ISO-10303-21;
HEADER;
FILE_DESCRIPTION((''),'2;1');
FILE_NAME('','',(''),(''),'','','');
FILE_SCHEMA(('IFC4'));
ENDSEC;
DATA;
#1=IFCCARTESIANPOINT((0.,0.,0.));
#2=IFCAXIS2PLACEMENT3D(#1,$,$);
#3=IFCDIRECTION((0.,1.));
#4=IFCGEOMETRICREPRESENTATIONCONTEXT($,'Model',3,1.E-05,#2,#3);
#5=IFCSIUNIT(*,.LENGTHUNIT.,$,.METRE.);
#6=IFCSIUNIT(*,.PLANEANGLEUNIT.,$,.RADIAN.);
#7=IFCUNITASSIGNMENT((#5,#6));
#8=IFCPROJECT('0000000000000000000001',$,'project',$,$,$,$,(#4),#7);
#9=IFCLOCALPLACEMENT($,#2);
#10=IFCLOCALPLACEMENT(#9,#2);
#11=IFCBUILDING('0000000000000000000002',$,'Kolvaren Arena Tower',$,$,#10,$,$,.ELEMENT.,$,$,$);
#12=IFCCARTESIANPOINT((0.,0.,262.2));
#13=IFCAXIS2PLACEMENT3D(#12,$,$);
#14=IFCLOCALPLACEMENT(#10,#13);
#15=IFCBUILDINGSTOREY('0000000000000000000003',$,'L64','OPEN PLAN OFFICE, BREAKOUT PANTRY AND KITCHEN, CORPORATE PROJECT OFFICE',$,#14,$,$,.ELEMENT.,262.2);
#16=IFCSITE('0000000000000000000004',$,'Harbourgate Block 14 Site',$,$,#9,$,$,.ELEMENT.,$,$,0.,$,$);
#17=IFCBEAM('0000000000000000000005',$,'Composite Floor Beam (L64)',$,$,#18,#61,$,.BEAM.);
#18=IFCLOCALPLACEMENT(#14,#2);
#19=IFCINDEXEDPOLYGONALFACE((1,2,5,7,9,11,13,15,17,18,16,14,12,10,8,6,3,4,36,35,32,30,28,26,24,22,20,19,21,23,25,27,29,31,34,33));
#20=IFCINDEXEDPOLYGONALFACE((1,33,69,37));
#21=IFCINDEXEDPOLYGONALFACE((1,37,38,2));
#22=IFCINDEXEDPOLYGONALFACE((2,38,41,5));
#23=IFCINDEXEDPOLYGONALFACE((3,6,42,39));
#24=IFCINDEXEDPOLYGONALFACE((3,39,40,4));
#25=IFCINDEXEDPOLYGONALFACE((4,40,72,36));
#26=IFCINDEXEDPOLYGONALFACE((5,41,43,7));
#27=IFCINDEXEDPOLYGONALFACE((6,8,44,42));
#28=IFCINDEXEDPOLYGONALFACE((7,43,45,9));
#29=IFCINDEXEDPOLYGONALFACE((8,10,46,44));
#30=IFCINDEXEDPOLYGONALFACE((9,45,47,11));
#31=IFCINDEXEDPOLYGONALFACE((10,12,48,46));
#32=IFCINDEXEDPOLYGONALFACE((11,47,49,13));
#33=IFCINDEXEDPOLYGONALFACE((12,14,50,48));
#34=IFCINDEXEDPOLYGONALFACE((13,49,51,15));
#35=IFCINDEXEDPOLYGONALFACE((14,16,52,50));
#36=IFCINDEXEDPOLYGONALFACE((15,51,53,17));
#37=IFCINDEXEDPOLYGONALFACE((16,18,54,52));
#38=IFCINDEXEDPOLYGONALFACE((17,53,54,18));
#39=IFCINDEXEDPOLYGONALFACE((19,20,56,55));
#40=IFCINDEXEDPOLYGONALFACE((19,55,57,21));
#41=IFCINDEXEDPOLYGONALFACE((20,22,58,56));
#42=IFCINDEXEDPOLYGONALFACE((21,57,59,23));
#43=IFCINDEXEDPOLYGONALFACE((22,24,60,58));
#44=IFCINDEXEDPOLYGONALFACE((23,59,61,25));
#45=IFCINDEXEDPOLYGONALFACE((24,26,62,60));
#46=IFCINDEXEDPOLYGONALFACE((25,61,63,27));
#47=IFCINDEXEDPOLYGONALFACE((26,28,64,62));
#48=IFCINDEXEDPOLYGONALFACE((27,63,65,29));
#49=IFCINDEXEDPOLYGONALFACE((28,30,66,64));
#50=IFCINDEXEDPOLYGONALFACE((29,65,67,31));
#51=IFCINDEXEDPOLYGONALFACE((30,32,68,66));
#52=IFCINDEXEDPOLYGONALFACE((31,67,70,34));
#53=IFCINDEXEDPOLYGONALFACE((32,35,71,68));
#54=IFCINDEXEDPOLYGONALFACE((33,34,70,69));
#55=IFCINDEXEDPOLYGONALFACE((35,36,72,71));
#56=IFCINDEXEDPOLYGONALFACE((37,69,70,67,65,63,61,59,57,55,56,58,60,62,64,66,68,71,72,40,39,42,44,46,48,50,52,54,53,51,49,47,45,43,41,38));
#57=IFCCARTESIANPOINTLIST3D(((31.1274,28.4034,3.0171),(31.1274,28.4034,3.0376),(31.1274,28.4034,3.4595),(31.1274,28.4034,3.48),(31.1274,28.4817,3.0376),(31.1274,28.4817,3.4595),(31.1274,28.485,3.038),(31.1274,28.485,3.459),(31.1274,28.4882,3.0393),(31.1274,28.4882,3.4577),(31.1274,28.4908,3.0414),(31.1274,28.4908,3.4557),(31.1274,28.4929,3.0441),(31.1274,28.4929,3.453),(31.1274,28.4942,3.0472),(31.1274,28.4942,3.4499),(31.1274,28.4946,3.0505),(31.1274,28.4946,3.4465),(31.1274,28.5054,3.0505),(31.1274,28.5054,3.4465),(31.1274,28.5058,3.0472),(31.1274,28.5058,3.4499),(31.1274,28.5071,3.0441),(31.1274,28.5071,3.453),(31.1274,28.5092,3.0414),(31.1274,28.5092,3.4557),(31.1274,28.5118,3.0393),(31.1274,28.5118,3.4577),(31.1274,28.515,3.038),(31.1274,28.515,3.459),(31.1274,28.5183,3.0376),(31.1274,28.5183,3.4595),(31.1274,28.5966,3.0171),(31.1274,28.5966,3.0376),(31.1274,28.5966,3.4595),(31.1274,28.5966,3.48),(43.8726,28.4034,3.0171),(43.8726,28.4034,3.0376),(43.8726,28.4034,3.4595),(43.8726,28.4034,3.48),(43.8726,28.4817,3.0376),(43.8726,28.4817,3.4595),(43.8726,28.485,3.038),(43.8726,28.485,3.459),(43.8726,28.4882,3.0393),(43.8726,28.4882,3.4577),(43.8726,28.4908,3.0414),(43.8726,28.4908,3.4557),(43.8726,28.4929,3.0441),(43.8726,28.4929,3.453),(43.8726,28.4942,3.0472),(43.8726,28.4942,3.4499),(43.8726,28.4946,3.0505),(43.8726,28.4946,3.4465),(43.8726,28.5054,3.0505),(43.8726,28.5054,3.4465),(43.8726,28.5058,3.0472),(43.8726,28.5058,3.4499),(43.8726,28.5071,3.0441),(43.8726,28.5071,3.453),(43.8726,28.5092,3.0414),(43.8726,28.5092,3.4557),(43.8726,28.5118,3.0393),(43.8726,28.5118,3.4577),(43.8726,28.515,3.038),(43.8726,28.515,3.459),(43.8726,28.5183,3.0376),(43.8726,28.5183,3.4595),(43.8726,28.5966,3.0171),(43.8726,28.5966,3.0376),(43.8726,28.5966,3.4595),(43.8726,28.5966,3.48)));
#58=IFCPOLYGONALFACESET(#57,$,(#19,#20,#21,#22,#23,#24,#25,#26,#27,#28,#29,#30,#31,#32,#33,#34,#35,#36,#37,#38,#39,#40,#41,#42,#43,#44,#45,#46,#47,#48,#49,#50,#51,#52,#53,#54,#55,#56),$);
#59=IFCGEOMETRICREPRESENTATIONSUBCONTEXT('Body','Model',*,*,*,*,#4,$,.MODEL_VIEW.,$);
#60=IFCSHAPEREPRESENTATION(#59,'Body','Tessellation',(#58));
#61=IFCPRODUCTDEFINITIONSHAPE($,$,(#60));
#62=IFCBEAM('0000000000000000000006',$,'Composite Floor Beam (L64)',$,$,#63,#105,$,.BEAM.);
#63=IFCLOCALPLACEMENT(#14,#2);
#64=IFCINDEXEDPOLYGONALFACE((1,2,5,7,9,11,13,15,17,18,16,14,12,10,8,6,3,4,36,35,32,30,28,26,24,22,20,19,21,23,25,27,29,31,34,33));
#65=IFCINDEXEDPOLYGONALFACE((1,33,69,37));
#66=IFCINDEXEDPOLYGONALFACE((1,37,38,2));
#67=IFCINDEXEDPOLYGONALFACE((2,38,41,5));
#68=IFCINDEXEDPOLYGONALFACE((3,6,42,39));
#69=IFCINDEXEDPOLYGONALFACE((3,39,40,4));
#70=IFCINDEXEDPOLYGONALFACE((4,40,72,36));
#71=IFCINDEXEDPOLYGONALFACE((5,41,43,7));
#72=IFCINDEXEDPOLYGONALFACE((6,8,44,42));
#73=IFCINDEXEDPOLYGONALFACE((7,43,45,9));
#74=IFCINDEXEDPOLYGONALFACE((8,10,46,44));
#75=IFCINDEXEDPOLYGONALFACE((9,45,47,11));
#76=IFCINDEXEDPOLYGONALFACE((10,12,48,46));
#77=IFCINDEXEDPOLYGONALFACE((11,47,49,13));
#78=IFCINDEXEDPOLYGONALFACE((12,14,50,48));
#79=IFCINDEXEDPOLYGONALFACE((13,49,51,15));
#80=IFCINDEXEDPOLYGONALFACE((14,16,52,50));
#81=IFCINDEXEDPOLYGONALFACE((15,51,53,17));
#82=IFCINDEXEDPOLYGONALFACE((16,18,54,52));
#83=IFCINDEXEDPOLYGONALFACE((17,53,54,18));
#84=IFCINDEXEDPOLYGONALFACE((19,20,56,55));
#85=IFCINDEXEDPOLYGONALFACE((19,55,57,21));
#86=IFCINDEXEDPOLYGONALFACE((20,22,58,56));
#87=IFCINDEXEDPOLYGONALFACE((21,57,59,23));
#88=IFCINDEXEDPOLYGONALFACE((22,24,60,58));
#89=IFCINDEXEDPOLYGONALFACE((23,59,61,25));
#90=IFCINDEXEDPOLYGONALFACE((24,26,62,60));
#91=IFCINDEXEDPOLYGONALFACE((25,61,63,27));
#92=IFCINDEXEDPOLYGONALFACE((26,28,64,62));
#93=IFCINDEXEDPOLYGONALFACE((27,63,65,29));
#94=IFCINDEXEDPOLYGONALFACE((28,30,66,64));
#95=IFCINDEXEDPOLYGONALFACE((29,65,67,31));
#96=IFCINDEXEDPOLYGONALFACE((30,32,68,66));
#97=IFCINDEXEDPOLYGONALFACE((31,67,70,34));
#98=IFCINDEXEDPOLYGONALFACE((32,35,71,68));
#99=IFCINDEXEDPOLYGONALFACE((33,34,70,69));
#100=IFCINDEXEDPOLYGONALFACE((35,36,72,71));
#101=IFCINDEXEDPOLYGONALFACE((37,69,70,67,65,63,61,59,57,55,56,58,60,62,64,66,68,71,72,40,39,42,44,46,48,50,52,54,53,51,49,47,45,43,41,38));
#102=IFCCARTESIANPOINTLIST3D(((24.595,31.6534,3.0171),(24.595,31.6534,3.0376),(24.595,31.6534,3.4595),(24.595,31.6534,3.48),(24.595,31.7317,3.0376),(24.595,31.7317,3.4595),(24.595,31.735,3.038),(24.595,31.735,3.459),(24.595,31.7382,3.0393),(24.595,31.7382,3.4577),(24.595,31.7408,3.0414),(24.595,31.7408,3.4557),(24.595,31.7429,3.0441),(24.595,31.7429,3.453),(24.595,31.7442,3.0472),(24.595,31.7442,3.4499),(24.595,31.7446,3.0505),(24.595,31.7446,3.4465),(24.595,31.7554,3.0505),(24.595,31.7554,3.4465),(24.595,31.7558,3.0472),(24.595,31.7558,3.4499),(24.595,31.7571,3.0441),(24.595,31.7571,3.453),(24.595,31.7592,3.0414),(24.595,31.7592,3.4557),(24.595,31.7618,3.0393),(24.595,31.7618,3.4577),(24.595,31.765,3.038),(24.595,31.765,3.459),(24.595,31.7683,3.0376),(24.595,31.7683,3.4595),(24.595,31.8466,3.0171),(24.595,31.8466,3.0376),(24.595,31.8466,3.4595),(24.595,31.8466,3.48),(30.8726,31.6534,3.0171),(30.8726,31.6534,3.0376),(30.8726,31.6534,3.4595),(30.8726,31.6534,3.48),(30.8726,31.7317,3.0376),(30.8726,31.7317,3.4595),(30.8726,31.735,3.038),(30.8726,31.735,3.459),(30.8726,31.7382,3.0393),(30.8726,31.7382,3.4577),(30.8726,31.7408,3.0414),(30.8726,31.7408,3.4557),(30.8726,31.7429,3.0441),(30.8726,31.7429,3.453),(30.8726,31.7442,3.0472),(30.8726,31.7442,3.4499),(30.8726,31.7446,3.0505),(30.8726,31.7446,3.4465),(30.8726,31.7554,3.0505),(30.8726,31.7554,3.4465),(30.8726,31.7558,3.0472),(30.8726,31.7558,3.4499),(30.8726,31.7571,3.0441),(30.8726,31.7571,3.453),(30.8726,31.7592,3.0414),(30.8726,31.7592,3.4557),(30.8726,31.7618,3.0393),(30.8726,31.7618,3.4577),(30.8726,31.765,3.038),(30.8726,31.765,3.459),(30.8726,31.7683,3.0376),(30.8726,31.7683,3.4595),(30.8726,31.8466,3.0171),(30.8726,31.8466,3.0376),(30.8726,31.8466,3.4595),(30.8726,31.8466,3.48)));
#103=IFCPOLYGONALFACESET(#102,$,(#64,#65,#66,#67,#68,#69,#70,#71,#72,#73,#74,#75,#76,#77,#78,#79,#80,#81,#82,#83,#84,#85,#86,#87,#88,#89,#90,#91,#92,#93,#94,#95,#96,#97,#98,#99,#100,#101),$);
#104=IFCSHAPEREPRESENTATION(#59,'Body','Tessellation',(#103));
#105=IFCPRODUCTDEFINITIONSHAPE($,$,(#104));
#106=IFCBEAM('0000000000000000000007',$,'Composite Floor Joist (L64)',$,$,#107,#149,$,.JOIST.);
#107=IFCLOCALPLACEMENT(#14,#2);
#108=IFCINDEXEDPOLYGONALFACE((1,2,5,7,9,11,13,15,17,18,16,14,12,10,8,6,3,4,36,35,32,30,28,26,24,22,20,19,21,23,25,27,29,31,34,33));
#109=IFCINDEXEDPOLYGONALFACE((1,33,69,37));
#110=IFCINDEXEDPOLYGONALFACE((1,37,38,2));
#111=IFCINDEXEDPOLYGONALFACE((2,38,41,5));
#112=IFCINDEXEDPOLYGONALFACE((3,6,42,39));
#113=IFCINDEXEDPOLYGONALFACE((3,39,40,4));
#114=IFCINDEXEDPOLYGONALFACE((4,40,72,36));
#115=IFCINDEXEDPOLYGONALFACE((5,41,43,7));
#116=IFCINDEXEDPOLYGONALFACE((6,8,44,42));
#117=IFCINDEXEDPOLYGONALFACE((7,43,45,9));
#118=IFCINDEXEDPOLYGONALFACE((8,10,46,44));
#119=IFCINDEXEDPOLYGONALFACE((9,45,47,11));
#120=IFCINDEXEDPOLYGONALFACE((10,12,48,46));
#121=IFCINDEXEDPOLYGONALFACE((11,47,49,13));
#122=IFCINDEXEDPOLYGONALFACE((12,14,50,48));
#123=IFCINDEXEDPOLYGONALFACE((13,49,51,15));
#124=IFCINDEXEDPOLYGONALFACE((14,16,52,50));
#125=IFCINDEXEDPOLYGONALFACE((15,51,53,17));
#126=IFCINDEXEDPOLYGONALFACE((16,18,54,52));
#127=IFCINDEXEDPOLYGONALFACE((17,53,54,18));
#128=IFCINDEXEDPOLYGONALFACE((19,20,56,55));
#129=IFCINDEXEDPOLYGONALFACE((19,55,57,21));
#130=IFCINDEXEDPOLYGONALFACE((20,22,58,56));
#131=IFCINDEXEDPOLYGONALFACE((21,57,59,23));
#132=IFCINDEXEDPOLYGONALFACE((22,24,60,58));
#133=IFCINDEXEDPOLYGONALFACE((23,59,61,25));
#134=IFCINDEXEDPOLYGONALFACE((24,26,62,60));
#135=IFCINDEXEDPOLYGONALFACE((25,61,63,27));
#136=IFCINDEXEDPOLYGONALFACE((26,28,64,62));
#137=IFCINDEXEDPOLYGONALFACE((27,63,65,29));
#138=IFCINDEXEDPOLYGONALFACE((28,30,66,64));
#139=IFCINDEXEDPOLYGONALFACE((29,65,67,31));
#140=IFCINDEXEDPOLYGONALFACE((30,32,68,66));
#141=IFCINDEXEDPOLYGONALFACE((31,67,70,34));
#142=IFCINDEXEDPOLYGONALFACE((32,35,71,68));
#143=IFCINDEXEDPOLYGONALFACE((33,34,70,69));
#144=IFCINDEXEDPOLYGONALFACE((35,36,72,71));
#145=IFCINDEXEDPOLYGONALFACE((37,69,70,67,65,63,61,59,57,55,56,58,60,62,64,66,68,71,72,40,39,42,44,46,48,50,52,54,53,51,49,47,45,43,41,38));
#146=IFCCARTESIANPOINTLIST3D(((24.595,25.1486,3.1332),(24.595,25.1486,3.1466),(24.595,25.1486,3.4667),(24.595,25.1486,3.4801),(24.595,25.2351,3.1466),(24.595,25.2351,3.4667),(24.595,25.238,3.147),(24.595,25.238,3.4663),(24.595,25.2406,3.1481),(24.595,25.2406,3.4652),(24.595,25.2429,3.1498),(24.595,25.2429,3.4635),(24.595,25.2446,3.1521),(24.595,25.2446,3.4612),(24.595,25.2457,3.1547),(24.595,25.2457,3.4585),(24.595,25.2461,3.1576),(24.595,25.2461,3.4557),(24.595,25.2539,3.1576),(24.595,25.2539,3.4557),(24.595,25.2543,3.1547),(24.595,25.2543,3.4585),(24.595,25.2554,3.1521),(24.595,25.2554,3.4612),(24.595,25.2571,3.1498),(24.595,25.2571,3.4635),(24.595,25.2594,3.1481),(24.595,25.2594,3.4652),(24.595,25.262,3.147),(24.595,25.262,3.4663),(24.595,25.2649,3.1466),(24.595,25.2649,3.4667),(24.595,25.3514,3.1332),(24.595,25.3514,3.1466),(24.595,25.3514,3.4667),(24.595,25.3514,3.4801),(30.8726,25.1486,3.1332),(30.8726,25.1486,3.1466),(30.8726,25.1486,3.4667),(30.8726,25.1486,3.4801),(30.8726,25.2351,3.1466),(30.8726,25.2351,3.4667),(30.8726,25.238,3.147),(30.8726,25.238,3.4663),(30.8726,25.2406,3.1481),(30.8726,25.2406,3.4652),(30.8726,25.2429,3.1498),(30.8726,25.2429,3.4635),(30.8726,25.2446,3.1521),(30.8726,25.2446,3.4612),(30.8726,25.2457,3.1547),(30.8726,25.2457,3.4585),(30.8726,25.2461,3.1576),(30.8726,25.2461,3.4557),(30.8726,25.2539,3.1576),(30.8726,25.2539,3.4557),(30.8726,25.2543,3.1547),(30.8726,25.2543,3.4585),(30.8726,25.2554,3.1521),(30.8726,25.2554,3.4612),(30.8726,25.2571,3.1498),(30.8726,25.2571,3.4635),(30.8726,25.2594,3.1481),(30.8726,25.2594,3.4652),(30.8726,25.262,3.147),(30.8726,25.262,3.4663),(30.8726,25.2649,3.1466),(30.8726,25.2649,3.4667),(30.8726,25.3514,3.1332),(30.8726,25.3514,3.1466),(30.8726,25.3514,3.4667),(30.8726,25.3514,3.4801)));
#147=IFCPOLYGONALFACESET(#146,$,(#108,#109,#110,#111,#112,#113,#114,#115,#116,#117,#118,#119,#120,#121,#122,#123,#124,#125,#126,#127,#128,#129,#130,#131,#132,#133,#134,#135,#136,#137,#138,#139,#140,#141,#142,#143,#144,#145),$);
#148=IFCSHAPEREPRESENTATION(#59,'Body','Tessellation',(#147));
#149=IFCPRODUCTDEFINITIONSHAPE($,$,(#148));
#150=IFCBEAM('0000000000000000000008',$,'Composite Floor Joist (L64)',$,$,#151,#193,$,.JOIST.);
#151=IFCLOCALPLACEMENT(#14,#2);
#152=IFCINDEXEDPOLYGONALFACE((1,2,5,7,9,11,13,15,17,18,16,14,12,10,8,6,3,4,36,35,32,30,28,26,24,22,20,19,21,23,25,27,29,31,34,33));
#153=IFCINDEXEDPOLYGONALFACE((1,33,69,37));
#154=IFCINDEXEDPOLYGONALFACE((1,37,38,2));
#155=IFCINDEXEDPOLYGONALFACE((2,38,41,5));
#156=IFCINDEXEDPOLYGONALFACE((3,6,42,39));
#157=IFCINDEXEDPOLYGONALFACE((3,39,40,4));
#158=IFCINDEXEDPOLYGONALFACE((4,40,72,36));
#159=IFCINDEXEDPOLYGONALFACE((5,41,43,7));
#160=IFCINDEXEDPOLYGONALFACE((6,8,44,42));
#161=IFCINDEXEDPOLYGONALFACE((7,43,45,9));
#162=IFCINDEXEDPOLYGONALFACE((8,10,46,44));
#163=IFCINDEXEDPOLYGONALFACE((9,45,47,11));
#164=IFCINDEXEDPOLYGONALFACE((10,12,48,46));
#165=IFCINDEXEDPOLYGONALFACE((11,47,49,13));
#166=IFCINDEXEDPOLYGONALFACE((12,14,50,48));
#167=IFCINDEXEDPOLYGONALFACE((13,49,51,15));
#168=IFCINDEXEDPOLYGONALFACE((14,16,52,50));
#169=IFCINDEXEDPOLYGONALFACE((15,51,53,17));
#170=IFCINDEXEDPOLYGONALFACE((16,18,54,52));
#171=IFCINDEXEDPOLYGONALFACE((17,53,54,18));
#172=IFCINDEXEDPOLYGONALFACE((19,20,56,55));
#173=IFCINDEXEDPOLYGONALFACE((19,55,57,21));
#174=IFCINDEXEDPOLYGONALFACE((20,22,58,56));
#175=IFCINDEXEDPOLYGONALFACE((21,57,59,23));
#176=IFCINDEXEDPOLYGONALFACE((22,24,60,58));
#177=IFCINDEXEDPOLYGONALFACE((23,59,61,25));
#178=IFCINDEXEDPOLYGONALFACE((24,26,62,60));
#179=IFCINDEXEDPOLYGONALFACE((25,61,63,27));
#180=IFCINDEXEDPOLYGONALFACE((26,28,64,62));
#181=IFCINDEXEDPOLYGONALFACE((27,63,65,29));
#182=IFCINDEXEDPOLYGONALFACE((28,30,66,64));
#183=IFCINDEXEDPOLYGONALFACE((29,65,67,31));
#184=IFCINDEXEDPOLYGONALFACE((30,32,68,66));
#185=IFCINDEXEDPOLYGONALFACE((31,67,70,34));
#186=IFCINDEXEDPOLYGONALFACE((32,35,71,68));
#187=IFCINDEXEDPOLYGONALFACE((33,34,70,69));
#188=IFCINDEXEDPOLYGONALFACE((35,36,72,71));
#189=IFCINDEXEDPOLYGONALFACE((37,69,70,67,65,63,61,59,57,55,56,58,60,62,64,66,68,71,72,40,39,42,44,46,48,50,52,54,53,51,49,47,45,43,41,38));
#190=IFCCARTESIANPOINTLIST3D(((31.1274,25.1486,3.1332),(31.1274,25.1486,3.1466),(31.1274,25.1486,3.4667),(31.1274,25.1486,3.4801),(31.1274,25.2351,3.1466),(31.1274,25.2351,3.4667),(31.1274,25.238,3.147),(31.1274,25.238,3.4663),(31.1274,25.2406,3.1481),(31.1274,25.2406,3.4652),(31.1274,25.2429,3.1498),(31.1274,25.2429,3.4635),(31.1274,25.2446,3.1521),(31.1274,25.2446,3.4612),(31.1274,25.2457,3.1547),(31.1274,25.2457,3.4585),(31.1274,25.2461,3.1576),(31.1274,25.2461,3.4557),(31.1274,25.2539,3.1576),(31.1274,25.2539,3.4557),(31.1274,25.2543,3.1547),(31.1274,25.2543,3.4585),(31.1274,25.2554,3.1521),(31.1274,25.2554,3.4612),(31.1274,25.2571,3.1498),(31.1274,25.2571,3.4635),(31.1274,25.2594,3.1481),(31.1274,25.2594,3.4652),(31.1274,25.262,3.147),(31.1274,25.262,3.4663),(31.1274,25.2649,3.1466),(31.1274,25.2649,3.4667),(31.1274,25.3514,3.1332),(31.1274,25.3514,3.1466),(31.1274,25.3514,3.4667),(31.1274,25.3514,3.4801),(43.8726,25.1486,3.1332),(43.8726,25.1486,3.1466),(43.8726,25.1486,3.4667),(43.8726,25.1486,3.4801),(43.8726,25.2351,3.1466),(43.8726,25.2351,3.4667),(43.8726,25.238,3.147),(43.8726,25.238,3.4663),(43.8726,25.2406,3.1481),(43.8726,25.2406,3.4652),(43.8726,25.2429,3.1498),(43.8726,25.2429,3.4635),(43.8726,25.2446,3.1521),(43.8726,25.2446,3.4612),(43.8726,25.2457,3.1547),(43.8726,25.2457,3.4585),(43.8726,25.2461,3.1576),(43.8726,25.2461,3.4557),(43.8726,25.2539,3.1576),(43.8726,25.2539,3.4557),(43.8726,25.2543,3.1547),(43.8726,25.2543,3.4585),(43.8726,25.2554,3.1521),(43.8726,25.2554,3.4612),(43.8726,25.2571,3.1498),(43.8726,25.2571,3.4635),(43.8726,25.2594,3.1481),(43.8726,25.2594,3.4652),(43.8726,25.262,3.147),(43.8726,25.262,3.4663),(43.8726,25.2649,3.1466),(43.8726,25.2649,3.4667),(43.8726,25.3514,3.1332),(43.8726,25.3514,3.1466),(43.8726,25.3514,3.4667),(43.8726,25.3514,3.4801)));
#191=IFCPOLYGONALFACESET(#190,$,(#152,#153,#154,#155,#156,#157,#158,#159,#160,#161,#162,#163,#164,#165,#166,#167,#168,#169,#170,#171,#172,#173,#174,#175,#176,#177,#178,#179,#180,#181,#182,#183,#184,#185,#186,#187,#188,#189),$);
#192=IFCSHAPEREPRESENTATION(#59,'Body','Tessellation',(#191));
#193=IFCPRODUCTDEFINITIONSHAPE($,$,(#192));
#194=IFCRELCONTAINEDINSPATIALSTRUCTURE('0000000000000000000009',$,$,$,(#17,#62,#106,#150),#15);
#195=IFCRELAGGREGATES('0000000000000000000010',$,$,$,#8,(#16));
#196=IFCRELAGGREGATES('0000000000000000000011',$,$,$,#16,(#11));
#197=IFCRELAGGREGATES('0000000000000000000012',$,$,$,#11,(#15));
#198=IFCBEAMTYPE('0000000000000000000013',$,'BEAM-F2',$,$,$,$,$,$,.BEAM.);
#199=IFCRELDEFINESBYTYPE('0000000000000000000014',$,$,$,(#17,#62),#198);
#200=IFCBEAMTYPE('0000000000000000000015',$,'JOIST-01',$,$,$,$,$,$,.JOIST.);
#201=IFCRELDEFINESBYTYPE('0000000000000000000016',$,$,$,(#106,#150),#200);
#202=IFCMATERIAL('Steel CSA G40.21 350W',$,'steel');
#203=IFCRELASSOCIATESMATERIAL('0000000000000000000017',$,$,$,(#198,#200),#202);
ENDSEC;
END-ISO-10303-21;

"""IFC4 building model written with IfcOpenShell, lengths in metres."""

from ifc_helpers import new_model, si_unit, direction, frame, origin, origin_2d, place, context, subcontext, project, spatial, i_section, extrude, material, material_profile, profile_set, type_object, element, save


model = new_model("IFC4")

# Units and contexts
model_context = context("Model", 3, precision=1e-05, world=origin(), true_north=direction((0.0, 1.0)))
body_context = subcontext(model_context, "Body", "Model", "MODEL_VIEW")
ifc_project = project(units=[si_unit("LENGTHUNIT", "METRE"), si_unit("PLANEANGLEUNIT", "RADIAN")], contexts=[model_context])

# Site, building, storey
site_placement = place(None, origin())
site = spatial("IfcSite", under=ifc_project, at=site_placement, Name="Harbourgate Block 14 Site", CompositionType="ELEMENT", RefElevation=0.0)
building_placement = place(site_placement, origin())
building = spatial("IfcBuilding", under=site, at=building_placement, Name="Kolvaren Arena Tower", CompositionType="ELEMENT")
storey_placement = place(building_placement, frame((0.0, 0.0, 262.2)))
storey = spatial("IfcBuildingStorey", under=building, at=storey_placement, Name="L64", Description="OPEN PLAN OFFICE, BREAKOUT PANTRY AND KITCHEN, CORPORATE PROJECT OFFICE", CompositionType="ELEMENT", Elevation=262.2)

# Beams
ifc_material_1 = material(Name="Steel CSA G40.21 350W", Category="steel")
ifc_material_profile_1 = material_profile(ifc_material_1, i_section(OverallWidth=0.1931, OverallDepth=0.4629, WebThickness=0.0107, FlangeThickness=0.0205, FilletRadius=0.0129, at=origin_2d()), Name="W460x113")
ifc_profile_set_1 = profile_set([ifc_material_profile_1], Name="Steel CSA G40.21 350W")
beam_type_1 = type_object("IfcBeamType", Name="BEAM-F2", PredefinedType="BEAM", material=ifc_profile_set_1)
beam_1_placement = place(storey_placement, frame((31.1274, 28.5, 3.2485), z_axis=(1.0, 0.0, 0.0), x_axis=(0.0, 1.0, 0.0)))
element("IfcBeam", 1, at=beam_1_placement, inside=storey, type_object=beam_type_1, Name="Composite Floor Beam (L64)", PredefinedType="BEAM", context=body_context, shape_type="SweptSolid", body=[
    extrude(i_section(OverallWidth=0.1931, OverallDepth=0.4629, WebThickness=0.0107, FlangeThickness=0.0205, FilletRadius=0.0129, at=origin_2d()), origin(), (0.0, 0.0, 1.0), 12.7451),
])
beam_2_placement = place(storey_placement, frame((24.595, 31.75, 3.2485), z_axis=(1.0, 0.0, 0.0), x_axis=(0.0, 1.0, 0.0)))
element("IfcBeam", 2, at=beam_2_placement, inside=storey, type_object=beam_type_1, Name="Composite Floor Beam (L64)", PredefinedType="BEAM", context=body_context, shape_type="SweptSolid", body=[
    extrude(i_section(OverallWidth=0.1931, OverallDepth=0.4629, WebThickness=0.0107, FlangeThickness=0.0205, FilletRadius=0.0129, at=origin_2d()), origin(), (0.0, 0.0, 1.0), 6.2776),
])
ifc_material_profile_2 = material_profile(ifc_material_1, i_section(OverallWidth=0.2029, OverallDepth=0.3469, WebThickness=0.0078, FlangeThickness=0.0134, FilletRadius=0.011, at=origin_2d()), Name="W360x64")
ifc_profile_set_2 = profile_set([ifc_material_profile_2], Name="Steel CSA G40.21 350W")
beam_type_2 = type_object("IfcBeamType", Name="JOIST-01", PredefinedType="JOIST", material=ifc_profile_set_2)
beam_3_placement = place(storey_placement, frame((24.595, 25.25, 3.3066), z_axis=(1.0, 0.0, 0.0), x_axis=(0.0, 1.0, 0.0)))
element("IfcBeam", 3, at=beam_3_placement, inside=storey, type_object=beam_type_2, Name="Composite Floor Joist (L64)", PredefinedType="JOIST", context=body_context, shape_type="SweptSolid", body=[
    extrude(i_section(OverallWidth=0.2029, OverallDepth=0.3469, WebThickness=0.0078, FlangeThickness=0.0134, FilletRadius=0.011, at=origin_2d()), origin(), (0.0, 0.0, 1.0), 6.2776),
])
beam_4_placement = place(storey_placement, frame((31.1274, 25.25, 3.3066), z_axis=(1.0, 0.0, 0.0), x_axis=(0.0, 1.0, 0.0)))
element("IfcBeam", 4, at=beam_4_placement, inside=storey, type_object=beam_type_2, Name="Composite Floor Joist (L64)", PredefinedType="JOIST", context=body_context, shape_type="SweptSolid", body=[
    extrude(i_section(OverallWidth=0.2029, OverallDepth=0.3469, WebThickness=0.0078, FlangeThickness=0.0134, FilletRadius=0.011, at=origin_2d()), origin(), (0.0, 0.0, 1.0), 12.7451),
])

save(model, "model.ifc")
